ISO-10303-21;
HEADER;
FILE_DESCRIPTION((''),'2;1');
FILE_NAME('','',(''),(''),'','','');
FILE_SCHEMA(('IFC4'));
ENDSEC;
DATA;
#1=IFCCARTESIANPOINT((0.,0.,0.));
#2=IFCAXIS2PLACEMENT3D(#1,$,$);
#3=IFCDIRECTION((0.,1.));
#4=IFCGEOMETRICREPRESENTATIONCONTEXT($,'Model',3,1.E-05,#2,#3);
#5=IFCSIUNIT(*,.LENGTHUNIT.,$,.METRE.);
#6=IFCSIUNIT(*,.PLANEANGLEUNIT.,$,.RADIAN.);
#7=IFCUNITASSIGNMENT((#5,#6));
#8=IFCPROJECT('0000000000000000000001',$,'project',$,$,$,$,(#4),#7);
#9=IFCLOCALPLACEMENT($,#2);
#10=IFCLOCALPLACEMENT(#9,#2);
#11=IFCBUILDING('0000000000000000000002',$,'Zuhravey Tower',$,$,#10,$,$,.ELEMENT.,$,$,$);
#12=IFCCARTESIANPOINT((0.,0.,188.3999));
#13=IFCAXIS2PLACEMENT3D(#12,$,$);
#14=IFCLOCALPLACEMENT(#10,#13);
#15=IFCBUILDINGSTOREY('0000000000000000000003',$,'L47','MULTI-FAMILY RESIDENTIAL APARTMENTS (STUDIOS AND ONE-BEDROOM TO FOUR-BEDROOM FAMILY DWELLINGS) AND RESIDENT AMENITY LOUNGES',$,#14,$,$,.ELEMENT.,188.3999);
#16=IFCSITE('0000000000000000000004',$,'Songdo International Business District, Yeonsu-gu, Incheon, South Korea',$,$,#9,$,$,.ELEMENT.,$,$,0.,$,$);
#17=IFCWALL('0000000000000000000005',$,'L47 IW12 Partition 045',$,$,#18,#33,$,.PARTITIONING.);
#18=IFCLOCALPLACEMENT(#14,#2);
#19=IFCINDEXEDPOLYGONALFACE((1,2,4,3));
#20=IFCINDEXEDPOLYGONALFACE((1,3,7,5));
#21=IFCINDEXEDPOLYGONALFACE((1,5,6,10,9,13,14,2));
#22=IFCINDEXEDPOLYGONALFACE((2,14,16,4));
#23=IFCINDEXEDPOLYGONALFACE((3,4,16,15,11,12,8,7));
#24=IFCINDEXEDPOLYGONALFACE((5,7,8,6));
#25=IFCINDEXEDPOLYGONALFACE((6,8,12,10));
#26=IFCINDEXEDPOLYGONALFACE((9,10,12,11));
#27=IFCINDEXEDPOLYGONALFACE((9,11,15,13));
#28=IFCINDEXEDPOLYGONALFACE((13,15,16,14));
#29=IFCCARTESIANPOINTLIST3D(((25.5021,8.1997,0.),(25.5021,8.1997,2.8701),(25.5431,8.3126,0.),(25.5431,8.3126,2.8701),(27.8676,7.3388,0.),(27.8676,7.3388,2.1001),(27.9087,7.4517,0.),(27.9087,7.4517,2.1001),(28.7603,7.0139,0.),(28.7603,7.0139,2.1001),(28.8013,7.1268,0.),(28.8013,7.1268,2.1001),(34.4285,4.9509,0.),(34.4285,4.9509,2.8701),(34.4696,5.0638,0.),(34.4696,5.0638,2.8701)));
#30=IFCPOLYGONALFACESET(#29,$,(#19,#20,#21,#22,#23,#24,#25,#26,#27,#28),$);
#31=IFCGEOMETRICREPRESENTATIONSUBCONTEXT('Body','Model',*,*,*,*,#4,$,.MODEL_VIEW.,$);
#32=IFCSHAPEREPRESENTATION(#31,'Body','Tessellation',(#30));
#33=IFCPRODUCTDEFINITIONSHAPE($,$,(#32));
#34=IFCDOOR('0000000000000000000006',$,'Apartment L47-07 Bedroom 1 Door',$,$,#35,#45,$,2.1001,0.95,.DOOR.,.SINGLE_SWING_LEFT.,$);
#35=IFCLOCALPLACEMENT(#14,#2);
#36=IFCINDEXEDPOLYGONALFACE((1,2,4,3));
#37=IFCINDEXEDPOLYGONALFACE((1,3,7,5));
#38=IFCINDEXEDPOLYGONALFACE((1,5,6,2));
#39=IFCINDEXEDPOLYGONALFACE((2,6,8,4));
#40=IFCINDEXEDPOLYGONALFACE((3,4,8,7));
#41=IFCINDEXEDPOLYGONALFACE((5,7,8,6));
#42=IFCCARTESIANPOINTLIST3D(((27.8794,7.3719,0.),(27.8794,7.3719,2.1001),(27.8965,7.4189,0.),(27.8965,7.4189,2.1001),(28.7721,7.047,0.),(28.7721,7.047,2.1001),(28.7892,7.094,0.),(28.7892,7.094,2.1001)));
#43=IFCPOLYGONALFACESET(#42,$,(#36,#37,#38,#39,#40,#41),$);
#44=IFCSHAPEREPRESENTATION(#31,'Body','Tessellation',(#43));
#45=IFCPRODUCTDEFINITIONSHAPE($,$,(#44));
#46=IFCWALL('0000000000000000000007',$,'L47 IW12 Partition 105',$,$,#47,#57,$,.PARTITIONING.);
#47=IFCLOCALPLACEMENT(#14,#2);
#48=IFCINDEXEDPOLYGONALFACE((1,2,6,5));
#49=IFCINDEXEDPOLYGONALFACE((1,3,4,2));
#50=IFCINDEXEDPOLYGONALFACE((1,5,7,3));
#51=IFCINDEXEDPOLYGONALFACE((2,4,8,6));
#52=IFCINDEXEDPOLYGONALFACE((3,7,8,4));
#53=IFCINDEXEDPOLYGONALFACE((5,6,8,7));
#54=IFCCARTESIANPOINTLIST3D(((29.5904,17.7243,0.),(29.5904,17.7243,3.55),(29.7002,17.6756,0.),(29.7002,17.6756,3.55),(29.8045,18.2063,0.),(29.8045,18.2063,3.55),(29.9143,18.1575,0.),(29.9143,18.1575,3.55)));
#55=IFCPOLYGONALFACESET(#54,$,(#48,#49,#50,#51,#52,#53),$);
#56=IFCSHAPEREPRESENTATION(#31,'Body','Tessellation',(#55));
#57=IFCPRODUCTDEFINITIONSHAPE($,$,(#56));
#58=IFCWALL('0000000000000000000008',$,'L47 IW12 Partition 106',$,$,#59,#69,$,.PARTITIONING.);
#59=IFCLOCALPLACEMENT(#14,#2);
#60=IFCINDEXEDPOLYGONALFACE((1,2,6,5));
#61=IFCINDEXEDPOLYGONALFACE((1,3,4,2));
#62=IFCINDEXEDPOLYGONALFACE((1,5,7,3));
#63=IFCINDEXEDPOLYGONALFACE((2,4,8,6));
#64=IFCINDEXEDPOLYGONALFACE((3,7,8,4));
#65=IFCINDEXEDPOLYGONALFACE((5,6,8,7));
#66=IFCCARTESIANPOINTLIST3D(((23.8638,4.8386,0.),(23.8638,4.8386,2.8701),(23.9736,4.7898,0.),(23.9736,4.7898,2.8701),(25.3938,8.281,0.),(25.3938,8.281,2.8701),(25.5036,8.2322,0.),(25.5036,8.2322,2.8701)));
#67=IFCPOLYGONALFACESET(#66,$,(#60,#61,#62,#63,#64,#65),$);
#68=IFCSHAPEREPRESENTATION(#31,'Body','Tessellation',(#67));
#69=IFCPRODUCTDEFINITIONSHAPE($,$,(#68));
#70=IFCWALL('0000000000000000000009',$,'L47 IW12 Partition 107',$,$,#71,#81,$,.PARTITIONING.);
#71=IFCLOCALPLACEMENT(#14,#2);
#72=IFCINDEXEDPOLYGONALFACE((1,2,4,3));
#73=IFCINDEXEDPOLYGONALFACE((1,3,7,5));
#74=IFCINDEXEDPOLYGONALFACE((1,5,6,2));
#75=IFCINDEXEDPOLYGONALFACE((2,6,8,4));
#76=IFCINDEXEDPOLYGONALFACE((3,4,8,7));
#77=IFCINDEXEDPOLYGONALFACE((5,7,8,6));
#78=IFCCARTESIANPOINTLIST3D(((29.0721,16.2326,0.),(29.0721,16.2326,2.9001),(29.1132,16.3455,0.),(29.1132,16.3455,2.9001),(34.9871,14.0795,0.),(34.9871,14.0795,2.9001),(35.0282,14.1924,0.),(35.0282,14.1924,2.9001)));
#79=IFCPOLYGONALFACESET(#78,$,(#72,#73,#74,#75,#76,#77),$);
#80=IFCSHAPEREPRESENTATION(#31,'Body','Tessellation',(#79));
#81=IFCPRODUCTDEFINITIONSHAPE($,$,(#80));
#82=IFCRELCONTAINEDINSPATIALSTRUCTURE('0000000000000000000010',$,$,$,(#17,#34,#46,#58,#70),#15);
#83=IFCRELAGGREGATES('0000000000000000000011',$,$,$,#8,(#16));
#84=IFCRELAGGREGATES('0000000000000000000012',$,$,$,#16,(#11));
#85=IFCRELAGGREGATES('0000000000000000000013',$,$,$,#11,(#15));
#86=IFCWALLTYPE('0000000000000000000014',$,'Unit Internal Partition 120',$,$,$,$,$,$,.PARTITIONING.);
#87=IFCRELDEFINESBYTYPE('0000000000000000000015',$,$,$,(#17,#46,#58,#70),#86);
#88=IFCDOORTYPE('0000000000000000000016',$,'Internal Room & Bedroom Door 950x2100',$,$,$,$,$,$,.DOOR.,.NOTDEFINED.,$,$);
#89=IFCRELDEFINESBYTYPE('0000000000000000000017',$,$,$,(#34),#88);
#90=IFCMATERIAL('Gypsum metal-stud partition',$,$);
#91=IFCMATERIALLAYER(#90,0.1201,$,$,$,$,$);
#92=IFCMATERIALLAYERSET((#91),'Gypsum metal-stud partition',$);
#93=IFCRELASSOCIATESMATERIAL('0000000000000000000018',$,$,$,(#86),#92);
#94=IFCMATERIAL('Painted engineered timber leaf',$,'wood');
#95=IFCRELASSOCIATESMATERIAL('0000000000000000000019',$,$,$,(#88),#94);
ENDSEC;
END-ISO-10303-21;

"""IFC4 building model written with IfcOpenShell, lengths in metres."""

from ifc_helpers import new_model, si_unit, direction, frame, frame_2d, origin, place, context, subcontext, project, spatial, rectangle, extrude, material, layer, layer_set, type_object, element, fill, save


model = new_model("IFC4")

# Units and contexts
model_context = context("Model", 3, precision=1e-05, world=origin(), true_north=direction((0.0, 1.0)))
body_context = subcontext(model_context, "Body", "Model", "MODEL_VIEW")
ifc_project = project(units=[si_unit("LENGTHUNIT", "METRE"), si_unit("PLANEANGLEUNIT", "RADIAN")], contexts=[model_context])

# Site, building, storey
site_placement = place(None, origin())
site = spatial("IfcSite", under=ifc_project, at=site_placement, Name="Songdo International Business District, Yeonsu-gu, Incheon, South Korea", CompositionType="ELEMENT", RefElevation=0.0)
building_placement = place(site_placement, origin())
building = spatial("IfcBuilding", under=site, at=building_placement, Name="Zuhravey Tower", CompositionType="ELEMENT")
storey_placement = place(building_placement, frame((0.0, 0.0, 188.3999)))
storey = spatial("IfcBuildingStorey", under=building, at=storey_placement, Name="L47", Description="MULTI-FAMILY RESIDENTIAL APARTMENTS (STUDIOS AND ONE-BEDROOM TO FOUR-BEDROOM FAMILY DWELLINGS) AND RESIDENT AMENITY LOUNGES", CompositionType="ELEMENT", Elevation=188.3999)

# Wall, opening, door
ifc_material_1 = material(Name="Gypsum metal-stud partition")
ifc_layer_1 = layer(ifc_material_1, 0.1201)
ifc_layer_set_1 = layer_set([ifc_layer_1], Name="Gypsum metal-stud partition")
wall_type_1 = type_object("IfcWallType", Name="Unit Internal Partition 120", PredefinedType="PARTITIONING", material=ifc_layer_set_1)
ifc_material_2 = material(Name="Painted engineered timber leaf", Category="wood")
door_type_1 = type_object("IfcDoorType", Name="Internal Room & Bedroom Door 950x2100", OperationType="NOTDEFINED", PredefinedType="DOOR", material=ifc_material_2)
wall_1_placement = place(storey_placement, frame((25.5227, 8.2561, 0.0), z_axis=(0.0, 0.0, 1.0), x_axis=(0.9397, -0.342001, 0.0)))
wall_1 = element("IfcWall", 1, at=wall_1_placement, inside=storey, type_object=wall_type_1, Name="L47 IW12 Partition 045", PredefinedType="PARTITIONING", context=body_context, shape_type="SweptSolid", body=[
    extrude(rectangle(XDim=9.4993, YDim=0.1201, at=frame_2d((4.7495, 0.0))), origin(), (0.0, 0.0, 1.0), 2.8701),
])
opening_1_placement = place(wall_1_placement, frame((2.5171, 0.0, 0.0)))
opening_1 = element("IfcOpeningElement", 2, at=opening_1_placement, cuts=wall_1, PredefinedType="OPENING", context=body_context, shape_type="SweptSolid", body=[
    extrude(rectangle(XDim=0.95, YDim=2.1001, at=frame_2d((0.4751, 1.05))), frame((0.0, 0.072, 0.0), z_axis=(0.0, -1.0, 0.0), x_axis=(1.0, 0.0, 0.0)), (0.0, 0.0, 1.0), 0.144),
])
door_1_placement = place(opening_1_placement, frame((0.95, 0.0, 0.0), z_axis=(0.0, 0.0, 1.0), x_axis=(-1.0, 0.0, 0.0)))
door_1 = element("IfcDoor", 3, at=door_1_placement, inside=storey, type_object=door_type_1, Name="Apartment L47-07 Bedroom 1 Door", OperationType="SINGLE_SWING_LEFT", OverallHeight=2.1001, OverallWidth=0.95, PredefinedType="DOOR", context=body_context, shape_type="SweptSolid", body=[
    extrude(rectangle(XDim=0.95, YDim=2.1001, at=frame_2d((0.4751, 1.05))), frame((0.0, 0.0249, 0.0), z_axis=(0.0, -1.0, 0.0), x_axis=(1.0, 0.0, 0.0)), (0.0, 0.0, 1.0), 0.05),
])
fill(opening_1, door_1)

# Walls
wall_2_placement = place(storey_placement, frame((29.8594, 18.1819, 0.0), z_axis=(0.0, 0.0, 1.0), x_axis=(-0.40601, -0.913869, 0.0)))
element("IfcWall", 4, at=wall_2_placement, inside=storey, type_object=wall_type_1, Name="L47 IW12 Partition 105", PredefinedType="PARTITIONING", context=body_context, shape_type="SweptSolid", body=[
    extrude(rectangle(XDim=0.5273, YDim=0.1201, at=frame_2d((0.2637, 0.0))), origin(), (0.0, 0.0, 1.0), 3.55),
])
wall_3_placement = place(storey_placement, frame((25.4487, 8.2566, 0.0), z_axis=(0.0, 0.0, 1.0), x_axis=(-0.406157, -0.913804, 0.0)))
element("IfcWall", 5, at=wall_3_placement, inside=storey, type_object=wall_type_1, Name="L47 IW12 Partition 106", PredefinedType="PARTITIONING", context=body_context, shape_type="SweptSolid", body=[
    extrude(rectangle(XDim=3.7671, YDim=0.1201, at=frame_2d((1.8835, 0.0))), origin(), (0.0, 0.0, 1.0), 2.8701),
])
wall_4_placement = place(storey_placement, frame((29.0925, 16.2891, 0.0), z_axis=(0.0, 0.0, 1.0), x_axis=(0.939684, -0.342045, 0.0)))
element("IfcWall", 6, at=wall_4_placement, inside=storey, type_object=wall_type_1, Name="L47 IW12 Partition 107", PredefinedType="PARTITIONING", context=body_context, shape_type="SweptSolid", body=[
    extrude(rectangle(XDim=6.2947, YDim=0.1201, at=frame_2d((3.1475, 0.0))), origin(), (0.0, 0.0, 1.0), 2.9001),
])

save(model, "model.ifc")
